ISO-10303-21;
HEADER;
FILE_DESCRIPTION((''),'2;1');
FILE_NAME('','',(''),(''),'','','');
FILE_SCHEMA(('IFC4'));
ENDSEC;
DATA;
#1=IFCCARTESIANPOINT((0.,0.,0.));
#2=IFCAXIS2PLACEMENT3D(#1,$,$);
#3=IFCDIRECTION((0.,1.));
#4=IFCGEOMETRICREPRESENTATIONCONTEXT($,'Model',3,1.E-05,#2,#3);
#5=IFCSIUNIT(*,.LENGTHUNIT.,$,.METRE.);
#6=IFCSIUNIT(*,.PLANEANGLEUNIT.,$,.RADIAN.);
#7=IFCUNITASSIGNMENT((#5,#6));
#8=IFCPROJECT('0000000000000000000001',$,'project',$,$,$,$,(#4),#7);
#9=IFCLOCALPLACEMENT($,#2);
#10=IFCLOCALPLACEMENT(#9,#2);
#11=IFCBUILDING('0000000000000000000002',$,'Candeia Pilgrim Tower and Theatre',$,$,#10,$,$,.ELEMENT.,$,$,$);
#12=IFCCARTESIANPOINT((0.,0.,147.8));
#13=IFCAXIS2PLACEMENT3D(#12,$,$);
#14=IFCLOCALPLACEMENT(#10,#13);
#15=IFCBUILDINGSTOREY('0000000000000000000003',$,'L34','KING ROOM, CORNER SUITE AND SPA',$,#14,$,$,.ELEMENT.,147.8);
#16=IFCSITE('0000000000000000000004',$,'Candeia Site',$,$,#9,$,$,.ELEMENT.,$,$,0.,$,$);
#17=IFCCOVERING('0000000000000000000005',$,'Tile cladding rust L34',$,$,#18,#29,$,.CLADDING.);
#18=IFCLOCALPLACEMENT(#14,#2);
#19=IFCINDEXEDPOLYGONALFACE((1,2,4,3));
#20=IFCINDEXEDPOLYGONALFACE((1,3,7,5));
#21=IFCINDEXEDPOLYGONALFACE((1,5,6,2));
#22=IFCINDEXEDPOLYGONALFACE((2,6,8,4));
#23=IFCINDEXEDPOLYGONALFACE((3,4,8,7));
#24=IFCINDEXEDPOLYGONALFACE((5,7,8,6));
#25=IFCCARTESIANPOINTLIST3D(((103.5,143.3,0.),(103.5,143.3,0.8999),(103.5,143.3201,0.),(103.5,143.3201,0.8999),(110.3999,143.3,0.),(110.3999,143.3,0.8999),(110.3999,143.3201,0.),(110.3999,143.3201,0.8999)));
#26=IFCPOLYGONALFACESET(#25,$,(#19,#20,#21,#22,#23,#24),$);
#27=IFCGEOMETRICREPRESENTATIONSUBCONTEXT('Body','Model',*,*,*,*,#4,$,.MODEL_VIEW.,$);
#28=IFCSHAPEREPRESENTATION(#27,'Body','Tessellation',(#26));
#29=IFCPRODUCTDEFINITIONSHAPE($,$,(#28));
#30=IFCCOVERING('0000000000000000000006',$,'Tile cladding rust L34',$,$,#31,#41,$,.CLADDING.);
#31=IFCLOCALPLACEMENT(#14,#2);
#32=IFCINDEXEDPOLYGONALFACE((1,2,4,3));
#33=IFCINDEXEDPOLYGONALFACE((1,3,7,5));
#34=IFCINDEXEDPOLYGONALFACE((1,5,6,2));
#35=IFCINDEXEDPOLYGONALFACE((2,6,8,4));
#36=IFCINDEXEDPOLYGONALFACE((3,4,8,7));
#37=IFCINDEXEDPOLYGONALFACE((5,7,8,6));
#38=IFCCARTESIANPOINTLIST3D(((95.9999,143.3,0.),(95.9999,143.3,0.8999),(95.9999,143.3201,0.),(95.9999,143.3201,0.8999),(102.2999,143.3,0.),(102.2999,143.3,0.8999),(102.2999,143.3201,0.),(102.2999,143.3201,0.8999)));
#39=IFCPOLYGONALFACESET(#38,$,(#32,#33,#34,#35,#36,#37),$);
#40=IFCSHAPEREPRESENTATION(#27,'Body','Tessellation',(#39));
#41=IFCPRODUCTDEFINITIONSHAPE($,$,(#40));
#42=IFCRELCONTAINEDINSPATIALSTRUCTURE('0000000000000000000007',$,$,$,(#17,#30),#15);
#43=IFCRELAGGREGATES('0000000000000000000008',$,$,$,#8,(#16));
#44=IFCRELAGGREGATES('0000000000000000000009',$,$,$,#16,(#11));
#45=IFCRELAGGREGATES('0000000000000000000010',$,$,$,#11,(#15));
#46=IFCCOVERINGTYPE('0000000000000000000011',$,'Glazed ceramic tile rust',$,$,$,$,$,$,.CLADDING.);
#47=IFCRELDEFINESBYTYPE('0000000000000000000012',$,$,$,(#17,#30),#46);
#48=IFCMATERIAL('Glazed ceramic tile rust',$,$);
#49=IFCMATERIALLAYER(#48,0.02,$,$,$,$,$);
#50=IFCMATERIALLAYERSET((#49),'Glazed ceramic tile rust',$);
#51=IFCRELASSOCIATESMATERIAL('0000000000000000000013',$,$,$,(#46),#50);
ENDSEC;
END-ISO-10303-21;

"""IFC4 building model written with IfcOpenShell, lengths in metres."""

from ifc_helpers import new_model, si_unit, direction, frame, origin, origin_2d, place, context, subcontext, project, spatial, rectangle, extrude, material, layer, layer_set, type_object, element, save


model = new_model("IFC4")

# Units and contexts
model_context = context("Model", 3, precision=1e-05, world=origin(), true_north=direction((0.0, 1.0)))
body_context = subcontext(model_context, "Body", "Model", "MODEL_VIEW")
ifc_project = project(units=[si_unit("LENGTHUNIT", "METRE"), si_unit("PLANEANGLEUNIT", "RADIAN")], contexts=[model_context])

# Site, building, storey
site_placement = place(None, origin())
site = spatial("IfcSite", under=ifc_project, at=site_placement, Name="Candeia Site", CompositionType="ELEMENT", RefElevation=0.0)
building_placement = place(site_placement, origin())
building = spatial("IfcBuilding", under=site, at=building_placement, Name="Candeia Pilgrim Tower and Theatre", CompositionType="ELEMENT")
storey_placement = place(building_placement, frame((0.0, 0.0, 147.8)))
storey = spatial("IfcBuildingStorey", under=building, at=storey_placement, Name="L34", Description="KING ROOM, CORNER SUITE AND SPA", CompositionType="ELEMENT", Elevation=147.8)

# Coverings
ifc_material_1 = material(Name="Glazed ceramic tile rust")
ifc_layer_1 = layer(ifc_material_1, 0.02)
ifc_layer_set_1 = layer_set([ifc_layer_1], Name="Glazed ceramic tile rust")
covering_type = type_object("IfcCoveringType", Name="Glazed ceramic tile rust", PredefinedType="CLADDING", material=ifc_layer_set_1)
covering_1_placement = place(storey_placement, frame((106.95, 143.3101, 0.0), z_axis=(0.0, 0.0, 1.0), x_axis=(-1.0, 0.0, 0.0)))
element("IfcCovering", 1, at=covering_1_placement, inside=storey, type_object=covering_type, Name="Tile cladding rust L34", PredefinedType="CLADDING", context=body_context, shape_type="SweptSolid", body=[
    extrude(rectangle(XDim=6.8999, YDim=0.02, at=origin_2d()), origin(), (0.0, 0.0, 1.0), 0.8999),
])
covering_2_placement = place(storey_placement, frame((99.1499, 143.3101, 0.0), z_axis=(0.0, 0.0, 1.0), x_axis=(-1.0, 0.0, 0.0)))
element("IfcCovering", 2, at=covering_2_placement, inside=storey, type_object=covering_type, Name="Tile cladding rust L34", PredefinedType="CLADDING", context=body_context, shape_type="SweptSolid", body=[
    extrude(rectangle(XDim=6.3, YDim=0.02, at=origin_2d()), origin(), (0.0, 0.0, 1.0), 0.8999),
])

save(model, "model.ifc")
